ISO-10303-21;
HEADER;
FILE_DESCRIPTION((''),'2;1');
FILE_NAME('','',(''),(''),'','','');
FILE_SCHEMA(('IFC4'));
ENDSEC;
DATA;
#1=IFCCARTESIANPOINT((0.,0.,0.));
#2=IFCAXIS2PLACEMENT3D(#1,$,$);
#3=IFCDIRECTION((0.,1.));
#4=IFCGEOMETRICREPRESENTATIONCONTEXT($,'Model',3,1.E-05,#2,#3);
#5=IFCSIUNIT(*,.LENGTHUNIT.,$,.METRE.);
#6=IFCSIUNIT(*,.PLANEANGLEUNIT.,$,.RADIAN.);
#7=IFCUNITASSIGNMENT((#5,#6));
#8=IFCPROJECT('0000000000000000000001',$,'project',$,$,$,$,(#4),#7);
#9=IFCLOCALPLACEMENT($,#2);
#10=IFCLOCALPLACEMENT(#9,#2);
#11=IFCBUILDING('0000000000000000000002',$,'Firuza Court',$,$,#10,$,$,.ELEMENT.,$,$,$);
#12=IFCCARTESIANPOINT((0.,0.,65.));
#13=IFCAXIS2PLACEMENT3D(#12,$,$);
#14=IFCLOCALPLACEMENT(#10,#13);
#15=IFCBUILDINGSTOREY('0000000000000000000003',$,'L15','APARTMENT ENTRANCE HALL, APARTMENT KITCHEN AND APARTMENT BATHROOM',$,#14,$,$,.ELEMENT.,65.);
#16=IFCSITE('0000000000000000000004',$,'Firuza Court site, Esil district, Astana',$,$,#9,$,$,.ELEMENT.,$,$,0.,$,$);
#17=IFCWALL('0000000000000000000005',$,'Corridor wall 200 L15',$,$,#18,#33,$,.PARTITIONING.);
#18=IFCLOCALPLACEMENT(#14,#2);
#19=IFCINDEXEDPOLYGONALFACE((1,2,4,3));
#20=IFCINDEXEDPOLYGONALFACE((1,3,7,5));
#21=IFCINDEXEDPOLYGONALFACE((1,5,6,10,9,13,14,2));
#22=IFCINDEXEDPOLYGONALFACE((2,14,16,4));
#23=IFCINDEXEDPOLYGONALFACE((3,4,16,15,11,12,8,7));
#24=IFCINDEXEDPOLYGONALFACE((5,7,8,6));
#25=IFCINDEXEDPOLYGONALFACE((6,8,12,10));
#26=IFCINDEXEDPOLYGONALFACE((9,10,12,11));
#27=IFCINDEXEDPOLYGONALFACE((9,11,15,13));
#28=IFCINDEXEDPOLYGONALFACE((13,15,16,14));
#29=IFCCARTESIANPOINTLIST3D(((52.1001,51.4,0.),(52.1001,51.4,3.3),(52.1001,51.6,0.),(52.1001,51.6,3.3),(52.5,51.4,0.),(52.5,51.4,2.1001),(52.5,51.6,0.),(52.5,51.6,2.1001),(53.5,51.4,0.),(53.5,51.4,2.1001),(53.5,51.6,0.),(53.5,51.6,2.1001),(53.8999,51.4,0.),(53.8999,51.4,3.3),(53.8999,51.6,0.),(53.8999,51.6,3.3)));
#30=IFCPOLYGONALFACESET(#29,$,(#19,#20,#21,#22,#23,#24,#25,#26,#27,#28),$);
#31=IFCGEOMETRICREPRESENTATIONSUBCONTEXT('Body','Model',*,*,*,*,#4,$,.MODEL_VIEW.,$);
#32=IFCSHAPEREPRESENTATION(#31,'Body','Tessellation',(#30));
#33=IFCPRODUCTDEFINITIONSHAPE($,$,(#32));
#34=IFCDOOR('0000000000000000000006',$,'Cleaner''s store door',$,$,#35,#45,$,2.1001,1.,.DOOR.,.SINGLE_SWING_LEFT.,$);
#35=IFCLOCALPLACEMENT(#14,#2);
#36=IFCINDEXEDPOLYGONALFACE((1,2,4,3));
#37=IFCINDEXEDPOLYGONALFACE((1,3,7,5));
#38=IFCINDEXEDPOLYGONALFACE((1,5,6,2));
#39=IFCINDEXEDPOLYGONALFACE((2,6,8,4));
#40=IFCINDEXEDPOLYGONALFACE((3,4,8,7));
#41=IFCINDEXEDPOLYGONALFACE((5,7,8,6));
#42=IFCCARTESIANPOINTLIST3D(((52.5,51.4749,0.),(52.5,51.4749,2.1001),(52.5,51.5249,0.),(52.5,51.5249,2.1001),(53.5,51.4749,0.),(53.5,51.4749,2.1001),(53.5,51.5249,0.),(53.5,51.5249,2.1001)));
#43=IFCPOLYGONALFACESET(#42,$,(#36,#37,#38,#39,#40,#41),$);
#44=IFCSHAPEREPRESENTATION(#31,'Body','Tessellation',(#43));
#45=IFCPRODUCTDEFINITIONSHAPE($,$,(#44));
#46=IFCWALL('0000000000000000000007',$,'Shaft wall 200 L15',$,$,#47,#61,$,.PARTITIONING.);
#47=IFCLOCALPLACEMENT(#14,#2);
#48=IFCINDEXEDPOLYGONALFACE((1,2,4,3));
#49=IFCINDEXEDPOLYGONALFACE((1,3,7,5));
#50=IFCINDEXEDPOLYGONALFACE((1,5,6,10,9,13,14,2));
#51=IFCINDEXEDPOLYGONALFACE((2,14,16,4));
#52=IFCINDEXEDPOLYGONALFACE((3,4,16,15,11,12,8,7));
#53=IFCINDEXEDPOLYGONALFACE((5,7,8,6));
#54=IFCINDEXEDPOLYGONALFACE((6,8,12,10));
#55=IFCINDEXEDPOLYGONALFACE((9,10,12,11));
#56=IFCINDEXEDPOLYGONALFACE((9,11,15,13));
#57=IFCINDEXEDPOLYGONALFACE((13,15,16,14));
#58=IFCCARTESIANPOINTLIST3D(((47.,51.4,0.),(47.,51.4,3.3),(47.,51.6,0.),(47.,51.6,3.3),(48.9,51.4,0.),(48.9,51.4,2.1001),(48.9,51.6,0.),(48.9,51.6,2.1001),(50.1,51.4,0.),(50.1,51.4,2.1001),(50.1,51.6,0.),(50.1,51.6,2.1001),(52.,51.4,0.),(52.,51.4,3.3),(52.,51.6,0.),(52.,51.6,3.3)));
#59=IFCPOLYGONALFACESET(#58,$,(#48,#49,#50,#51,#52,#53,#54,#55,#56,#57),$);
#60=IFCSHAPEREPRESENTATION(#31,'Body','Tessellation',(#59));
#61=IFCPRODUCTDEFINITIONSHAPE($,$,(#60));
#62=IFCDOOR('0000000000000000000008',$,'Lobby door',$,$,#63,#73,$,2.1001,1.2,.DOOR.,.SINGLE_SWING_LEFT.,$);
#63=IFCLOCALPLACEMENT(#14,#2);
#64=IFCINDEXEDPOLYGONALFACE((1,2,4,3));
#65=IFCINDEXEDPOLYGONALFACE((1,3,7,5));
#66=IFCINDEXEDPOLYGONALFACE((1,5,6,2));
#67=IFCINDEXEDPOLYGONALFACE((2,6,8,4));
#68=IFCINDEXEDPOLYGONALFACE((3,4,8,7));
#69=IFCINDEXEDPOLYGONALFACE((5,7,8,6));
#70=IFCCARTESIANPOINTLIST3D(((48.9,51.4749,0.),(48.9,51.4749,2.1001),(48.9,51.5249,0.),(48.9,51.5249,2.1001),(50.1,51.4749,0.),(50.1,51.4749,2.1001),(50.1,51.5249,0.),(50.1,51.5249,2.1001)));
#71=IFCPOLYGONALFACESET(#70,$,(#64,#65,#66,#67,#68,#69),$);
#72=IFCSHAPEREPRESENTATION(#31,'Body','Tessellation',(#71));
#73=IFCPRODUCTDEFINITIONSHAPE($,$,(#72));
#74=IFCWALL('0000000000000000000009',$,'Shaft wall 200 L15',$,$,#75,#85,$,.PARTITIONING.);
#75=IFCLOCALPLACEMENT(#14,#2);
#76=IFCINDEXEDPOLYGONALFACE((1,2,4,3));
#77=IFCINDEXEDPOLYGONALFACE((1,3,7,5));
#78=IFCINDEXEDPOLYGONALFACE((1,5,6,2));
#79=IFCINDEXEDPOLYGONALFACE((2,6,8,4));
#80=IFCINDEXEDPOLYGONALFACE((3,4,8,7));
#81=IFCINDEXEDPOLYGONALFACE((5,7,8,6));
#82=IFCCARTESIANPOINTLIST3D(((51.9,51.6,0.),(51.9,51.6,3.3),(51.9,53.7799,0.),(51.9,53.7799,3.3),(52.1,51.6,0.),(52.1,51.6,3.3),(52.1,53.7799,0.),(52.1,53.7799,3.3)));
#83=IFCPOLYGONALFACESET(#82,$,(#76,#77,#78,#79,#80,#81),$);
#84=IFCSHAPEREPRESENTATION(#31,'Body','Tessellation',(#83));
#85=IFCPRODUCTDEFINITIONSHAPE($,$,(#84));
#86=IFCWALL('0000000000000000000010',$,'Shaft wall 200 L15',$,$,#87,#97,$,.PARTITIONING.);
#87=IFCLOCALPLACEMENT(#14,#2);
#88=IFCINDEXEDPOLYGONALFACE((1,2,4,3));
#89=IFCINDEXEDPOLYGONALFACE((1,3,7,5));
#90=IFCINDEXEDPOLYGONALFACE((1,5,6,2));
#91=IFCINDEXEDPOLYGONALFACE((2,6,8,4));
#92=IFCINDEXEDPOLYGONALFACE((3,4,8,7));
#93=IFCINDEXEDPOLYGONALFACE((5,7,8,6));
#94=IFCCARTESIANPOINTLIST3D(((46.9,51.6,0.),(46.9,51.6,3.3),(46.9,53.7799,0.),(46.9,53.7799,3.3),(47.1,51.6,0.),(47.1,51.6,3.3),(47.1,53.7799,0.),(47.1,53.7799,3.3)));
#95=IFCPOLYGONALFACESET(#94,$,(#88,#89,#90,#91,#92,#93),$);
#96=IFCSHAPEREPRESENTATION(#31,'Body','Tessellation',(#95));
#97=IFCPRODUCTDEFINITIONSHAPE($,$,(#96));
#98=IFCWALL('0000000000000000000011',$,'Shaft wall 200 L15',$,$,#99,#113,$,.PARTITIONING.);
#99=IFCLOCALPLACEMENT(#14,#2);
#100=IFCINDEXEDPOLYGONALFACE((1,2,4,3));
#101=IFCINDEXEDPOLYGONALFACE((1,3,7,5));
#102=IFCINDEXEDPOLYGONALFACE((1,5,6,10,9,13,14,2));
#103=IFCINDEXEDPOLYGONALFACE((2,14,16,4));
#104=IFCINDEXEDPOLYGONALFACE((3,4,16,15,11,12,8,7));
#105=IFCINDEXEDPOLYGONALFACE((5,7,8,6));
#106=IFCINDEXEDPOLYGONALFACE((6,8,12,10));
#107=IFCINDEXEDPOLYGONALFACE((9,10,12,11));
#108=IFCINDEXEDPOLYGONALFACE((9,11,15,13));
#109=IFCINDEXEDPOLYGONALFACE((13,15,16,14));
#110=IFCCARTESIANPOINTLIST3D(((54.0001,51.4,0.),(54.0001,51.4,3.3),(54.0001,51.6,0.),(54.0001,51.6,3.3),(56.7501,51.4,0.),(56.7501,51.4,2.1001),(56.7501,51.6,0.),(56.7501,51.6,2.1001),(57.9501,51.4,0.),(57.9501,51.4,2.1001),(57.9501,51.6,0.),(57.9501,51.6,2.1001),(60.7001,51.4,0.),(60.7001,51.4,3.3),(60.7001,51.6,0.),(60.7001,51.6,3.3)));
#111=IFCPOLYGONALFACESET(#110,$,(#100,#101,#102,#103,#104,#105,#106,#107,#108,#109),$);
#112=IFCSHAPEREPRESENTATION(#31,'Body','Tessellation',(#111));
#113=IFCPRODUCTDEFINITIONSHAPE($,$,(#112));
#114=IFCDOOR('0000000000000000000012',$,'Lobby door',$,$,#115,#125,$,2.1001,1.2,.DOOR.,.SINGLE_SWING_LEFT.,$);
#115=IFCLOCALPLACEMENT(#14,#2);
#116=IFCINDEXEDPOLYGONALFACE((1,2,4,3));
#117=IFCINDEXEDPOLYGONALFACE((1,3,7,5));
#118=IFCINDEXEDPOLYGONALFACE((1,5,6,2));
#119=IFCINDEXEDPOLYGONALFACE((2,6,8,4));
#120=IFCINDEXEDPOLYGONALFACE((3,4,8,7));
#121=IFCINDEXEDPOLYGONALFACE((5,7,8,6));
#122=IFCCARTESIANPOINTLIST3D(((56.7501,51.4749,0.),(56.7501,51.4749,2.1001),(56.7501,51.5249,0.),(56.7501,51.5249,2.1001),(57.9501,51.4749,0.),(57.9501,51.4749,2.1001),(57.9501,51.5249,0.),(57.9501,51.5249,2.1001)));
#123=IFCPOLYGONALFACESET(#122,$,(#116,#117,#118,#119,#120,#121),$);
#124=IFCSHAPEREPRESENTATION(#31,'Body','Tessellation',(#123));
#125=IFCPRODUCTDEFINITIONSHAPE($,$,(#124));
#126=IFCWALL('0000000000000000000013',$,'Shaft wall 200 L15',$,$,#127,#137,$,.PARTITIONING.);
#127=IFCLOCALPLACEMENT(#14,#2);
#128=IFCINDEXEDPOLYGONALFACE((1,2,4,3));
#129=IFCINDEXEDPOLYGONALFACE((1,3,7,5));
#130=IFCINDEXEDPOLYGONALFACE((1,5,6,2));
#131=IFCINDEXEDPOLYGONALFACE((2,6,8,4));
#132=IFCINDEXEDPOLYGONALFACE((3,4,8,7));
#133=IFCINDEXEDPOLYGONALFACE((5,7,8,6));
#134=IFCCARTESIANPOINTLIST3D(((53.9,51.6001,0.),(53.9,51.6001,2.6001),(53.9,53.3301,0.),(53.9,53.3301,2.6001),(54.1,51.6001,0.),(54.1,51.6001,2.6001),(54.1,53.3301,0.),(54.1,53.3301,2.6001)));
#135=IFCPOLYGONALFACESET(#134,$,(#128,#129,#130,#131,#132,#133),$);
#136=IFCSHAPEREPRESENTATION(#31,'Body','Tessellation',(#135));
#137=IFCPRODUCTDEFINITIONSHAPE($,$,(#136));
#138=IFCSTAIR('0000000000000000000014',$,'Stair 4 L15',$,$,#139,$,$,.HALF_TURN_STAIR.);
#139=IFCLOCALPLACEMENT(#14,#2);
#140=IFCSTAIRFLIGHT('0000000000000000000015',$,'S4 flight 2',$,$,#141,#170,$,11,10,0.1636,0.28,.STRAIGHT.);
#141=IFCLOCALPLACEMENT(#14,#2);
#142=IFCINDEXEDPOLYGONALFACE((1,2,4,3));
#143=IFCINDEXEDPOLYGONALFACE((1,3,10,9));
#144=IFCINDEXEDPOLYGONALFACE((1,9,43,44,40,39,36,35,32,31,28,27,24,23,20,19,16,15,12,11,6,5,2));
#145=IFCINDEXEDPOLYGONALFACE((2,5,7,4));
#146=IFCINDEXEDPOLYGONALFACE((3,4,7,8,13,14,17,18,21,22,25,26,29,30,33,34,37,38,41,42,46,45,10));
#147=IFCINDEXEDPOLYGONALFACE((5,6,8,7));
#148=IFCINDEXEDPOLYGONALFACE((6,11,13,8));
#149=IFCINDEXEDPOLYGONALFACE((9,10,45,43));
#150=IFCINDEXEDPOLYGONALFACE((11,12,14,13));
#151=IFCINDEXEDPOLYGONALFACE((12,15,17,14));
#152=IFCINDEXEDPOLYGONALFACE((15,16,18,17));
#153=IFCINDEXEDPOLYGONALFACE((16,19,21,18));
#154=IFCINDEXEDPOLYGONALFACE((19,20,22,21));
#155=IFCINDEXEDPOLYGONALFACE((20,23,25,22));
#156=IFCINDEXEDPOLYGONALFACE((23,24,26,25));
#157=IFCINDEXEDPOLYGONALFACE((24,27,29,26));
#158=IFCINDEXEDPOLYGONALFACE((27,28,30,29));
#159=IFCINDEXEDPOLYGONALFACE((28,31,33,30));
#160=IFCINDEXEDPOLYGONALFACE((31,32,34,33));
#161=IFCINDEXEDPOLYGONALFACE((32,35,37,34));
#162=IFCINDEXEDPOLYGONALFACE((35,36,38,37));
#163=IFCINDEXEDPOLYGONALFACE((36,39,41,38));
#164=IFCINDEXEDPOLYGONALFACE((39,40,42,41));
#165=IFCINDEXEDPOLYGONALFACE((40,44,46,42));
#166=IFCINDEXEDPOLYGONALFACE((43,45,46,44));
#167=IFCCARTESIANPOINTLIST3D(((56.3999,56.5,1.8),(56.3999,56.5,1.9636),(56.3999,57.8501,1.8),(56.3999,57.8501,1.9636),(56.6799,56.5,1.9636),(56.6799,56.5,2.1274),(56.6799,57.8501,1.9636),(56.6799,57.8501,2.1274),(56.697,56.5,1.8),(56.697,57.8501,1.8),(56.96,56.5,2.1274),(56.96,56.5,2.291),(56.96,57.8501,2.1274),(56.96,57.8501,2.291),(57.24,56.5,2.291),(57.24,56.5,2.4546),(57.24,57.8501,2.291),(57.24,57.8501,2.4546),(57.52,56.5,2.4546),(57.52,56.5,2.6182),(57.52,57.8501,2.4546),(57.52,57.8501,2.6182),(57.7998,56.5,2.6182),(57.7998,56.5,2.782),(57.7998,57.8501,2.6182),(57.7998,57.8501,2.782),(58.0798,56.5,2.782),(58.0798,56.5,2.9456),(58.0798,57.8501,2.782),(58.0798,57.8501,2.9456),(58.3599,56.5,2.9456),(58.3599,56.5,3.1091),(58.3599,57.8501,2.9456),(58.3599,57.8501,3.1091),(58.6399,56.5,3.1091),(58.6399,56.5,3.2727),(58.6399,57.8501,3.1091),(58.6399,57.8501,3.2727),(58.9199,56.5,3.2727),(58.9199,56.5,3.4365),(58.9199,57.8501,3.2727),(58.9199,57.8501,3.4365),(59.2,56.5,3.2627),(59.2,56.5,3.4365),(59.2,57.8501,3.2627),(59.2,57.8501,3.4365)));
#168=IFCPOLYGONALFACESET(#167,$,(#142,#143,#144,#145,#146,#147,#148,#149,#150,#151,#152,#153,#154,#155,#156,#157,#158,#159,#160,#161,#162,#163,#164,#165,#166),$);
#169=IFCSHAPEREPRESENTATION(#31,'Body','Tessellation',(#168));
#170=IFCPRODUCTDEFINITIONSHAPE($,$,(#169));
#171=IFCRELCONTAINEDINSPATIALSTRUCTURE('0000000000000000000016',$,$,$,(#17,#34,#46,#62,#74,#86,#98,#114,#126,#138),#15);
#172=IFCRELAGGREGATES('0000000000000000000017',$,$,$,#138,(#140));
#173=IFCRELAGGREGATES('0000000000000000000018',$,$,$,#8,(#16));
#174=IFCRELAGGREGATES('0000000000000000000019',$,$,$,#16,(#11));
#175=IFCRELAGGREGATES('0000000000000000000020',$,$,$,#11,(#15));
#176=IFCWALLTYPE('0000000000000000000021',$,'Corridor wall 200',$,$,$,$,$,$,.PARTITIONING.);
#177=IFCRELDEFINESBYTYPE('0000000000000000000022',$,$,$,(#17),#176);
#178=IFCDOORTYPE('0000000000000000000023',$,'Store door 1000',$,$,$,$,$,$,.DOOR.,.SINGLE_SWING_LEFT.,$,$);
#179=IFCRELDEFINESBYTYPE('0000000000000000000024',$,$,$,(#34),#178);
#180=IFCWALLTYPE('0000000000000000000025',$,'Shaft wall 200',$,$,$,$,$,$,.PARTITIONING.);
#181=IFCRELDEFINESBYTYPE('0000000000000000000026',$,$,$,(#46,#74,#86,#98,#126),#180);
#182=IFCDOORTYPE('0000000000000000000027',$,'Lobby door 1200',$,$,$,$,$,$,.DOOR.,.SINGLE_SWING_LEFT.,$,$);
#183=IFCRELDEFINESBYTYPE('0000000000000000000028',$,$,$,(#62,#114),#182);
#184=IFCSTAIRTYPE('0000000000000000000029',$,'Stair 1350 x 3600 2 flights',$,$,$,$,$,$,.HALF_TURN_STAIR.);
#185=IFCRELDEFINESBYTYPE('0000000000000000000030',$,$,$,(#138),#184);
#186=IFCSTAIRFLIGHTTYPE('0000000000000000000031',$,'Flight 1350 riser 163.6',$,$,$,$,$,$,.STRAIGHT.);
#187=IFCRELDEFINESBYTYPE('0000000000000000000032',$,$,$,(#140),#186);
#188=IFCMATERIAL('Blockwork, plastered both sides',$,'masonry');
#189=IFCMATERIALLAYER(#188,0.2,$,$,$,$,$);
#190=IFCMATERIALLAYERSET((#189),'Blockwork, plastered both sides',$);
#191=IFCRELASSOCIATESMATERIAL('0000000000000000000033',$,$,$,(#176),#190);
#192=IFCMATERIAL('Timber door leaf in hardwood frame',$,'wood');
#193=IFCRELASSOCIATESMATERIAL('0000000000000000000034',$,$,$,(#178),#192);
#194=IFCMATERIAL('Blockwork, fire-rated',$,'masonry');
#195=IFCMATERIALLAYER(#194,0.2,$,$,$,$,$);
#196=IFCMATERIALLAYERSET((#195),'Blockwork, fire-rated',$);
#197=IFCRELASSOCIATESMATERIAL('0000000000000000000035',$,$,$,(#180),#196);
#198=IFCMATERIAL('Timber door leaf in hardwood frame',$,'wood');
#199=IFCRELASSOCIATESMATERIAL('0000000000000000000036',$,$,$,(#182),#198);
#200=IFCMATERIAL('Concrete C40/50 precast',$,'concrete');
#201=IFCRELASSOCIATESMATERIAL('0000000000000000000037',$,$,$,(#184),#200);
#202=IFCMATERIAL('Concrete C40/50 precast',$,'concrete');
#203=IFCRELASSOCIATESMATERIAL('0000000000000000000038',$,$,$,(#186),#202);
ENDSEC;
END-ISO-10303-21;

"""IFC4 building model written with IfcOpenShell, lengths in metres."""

from ifc_helpers import new_model, si_unit, direction, frame, frame_2d, origin, place, context, subcontext, project, spatial, polyline, rectangle, outline, extrude, material, layer, layer_set, type_object, element, fill, aggregate, save


model = new_model("IFC4")

# Units and contexts
model_context = context("Model", 3, precision=1e-05, world=origin(), true_north=direction((0.0, 1.0)))
body_context = subcontext(model_context, "Body", "Model", "MODEL_VIEW")
ifc_project = project(units=[si_unit("LENGTHUNIT", "METRE"), si_unit("PLANEANGLEUNIT", "RADIAN")], contexts=[model_context])

# Site, building, storey
site_placement = place(None, origin())
site = spatial("IfcSite", under=ifc_project, at=site_placement, Name="Firuza Court site, Esil district, Astana", CompositionType="ELEMENT", RefElevation=0.0)
building_placement = place(site_placement, origin())
building = spatial("IfcBuilding", under=site, at=building_placement, Name="Firuza Court", CompositionType="ELEMENT")
storey_placement = place(building_placement, frame((0.0, 0.0, 65.0)))
storey = spatial("IfcBuildingStorey", under=building, at=storey_placement, Name="L15", Description="APARTMENT ENTRANCE HALL, APARTMENT KITCHEN AND APARTMENT BATHROOM", CompositionType="ELEMENT", Elevation=65.0)

# Walls, openings, doors
ifc_material_1 = material(Name="Blockwork, plastered both sides", Category="masonry")
ifc_layer_1 = layer(ifc_material_1, 0.2)
ifc_layer_set_1 = layer_set([ifc_layer_1], Name="Blockwork, plastered both sides")
wall_type_1 = type_object("IfcWallType", Name="Corridor wall 200", PredefinedType="PARTITIONING", material=ifc_layer_set_1)
wall_1_placement = place(storey_placement, frame((52.1001, 51.5, 0.0), z_axis=(0.0, 0.0, 1.0), x_axis=(1.0, 0.0, 0.0)))
wall_1 = element("IfcWall", 1, at=wall_1_placement, inside=storey, type_object=wall_type_1, Name="Corridor wall 200 L15", PredefinedType="PARTITIONING", context=body_context, shape_type="SweptSolid", body=[
    extrude(rectangle(XDim=1.7998, YDim=0.2, at=frame_2d((0.8999, 0.0))), origin(), (0.0, 0.0, 1.0), 3.3),
])
opening_1_placement = place(wall_1_placement, frame((0.3999, 0.0, 0.0)))
opening_1 = element("IfcOpeningElement", 2, at=opening_1_placement, cuts=wall_1, PredefinedType="OPENING", context=body_context, shape_type="SweptSolid", body=[
    extrude(rectangle(XDim=1.0, YDim=2.1001, at=frame_2d((0.5, 1.05))), frame((0.0, 0.1118, 0.0), z_axis=(0.0, -1.0, 0.0), x_axis=(1.0, 0.0, 0.0)), (0.0, 0.0, 1.0), 0.2239),
])
ifc_material_2 = material(Name="Timber door leaf in hardwood frame", Category="wood")
door_type_1 = type_object("IfcDoorType", Name="Store door 1000", OperationType="SINGLE_SWING_LEFT", PredefinedType="DOOR", material=ifc_material_2)
door_1_placement = place(opening_1_placement, origin())
door_1 = element("IfcDoor", 3, at=door_1_placement, inside=storey, type_object=door_type_1, Name="Cleaner's store door", OperationType="SINGLE_SWING_LEFT", OverallHeight=2.1001, OverallWidth=1.0, PredefinedType="DOOR", context=body_context, shape_type="SweptSolid", body=[
    extrude(rectangle(XDim=1.0, YDim=2.1001, at=frame_2d((0.5, 1.05))), frame((0.0, 0.0249, 0.0), z_axis=(0.0, -1.0, 0.0), x_axis=(1.0, 0.0, 0.0)), (0.0, 0.0, 1.0), 0.05),
])
fill(opening_1, door_1)
ifc_material_3 = material(Name="Blockwork, fire-rated", Category="masonry")
ifc_layer_2 = layer(ifc_material_3, 0.2)
ifc_layer_set_2 = layer_set([ifc_layer_2], Name="Blockwork, fire-rated")
wall_type_2 = type_object("IfcWallType", Name="Shaft wall 200", PredefinedType="PARTITIONING", material=ifc_layer_set_2)
wall_2_placement = place(storey_placement, frame((47.0, 51.5, 0.0), z_axis=(0.0, 0.0, 1.0), x_axis=(1.0, 0.0, 0.0)))
wall_2 = element("IfcWall", 4, at=wall_2_placement, inside=storey, type_object=wall_type_2, Name="Shaft wall 200 L15", PredefinedType="PARTITIONING", context=body_context, shape_type="SweptSolid", body=[
    extrude(rectangle(XDim=5.0, YDim=0.2, at=frame_2d((2.5, 0.0))), origin(), (0.0, 0.0, 1.0), 3.3),
])
opening_2_placement = place(wall_2_placement, frame((1.8999, 0.0, 0.0)))
opening_2 = element("IfcOpeningElement", 5, at=opening_2_placement, cuts=wall_2, PredefinedType="OPENING", context=body_context, shape_type="SweptSolid", body=[
    extrude(rectangle(XDim=1.2, YDim=2.1001, at=frame_2d((0.6001, 1.05))), frame((0.0, 0.1118, 0.0), z_axis=(0.0, -1.0, 0.0), x_axis=(1.0, 0.0, 0.0)), (0.0, 0.0, 1.0), 0.2239),
])
ifc_material_4 = material(Name="Timber door leaf in hardwood frame", Category="wood")
door_type_2 = type_object("IfcDoorType", Name="Lobby door 1200", OperationType="SINGLE_SWING_LEFT", PredefinedType="DOOR", material=ifc_material_4)
door_2_placement = place(opening_2_placement, origin())
door_2 = element("IfcDoor", 6, at=door_2_placement, inside=storey, type_object=door_type_2, Name="Lobby door", OperationType="SINGLE_SWING_LEFT", OverallHeight=2.1001, OverallWidth=1.2, PredefinedType="DOOR", context=body_context, shape_type="SweptSolid", body=[
    extrude(rectangle(XDim=1.2, YDim=2.1001, at=frame_2d((0.6001, 1.05))), frame((0.0, 0.0249, 0.0), z_axis=(0.0, -1.0, 0.0), x_axis=(1.0, 0.0, 0.0)), (0.0, 0.0, 1.0), 0.05),
])
fill(opening_2, door_2)

# Walls
for number, where, z_axis, x_axis, name in (
    (7, (52.0, 51.6001, 0.0), (0.0, 0.0, 1.0), (0.0, 1.0, 0.0), "Shaft wall 200 L15"),
    (8, (47.0, 51.6001, 0.0), (0.0, 0.0, 1.0), (0.0, 1.0, 0.0), "Shaft wall 200 L15"),
):
    element("IfcWall", number, at=place(storey_placement, frame(where, z_axis=z_axis, x_axis=x_axis)), inside=storey, type_object=wall_type_2, Name=name, PredefinedType="PARTITIONING", context=body_context, shape_type="SweptSolid", body=[
        extrude(rectangle(XDim=2.1799, YDim=0.2, at=frame_2d((1.0898, 0.0))), origin(), (0.0, 0.0, 1.0), 3.3),
    ])

# Wall, opening, door
wall_3_placement = place(storey_placement, frame((54.0, 51.5, 0.0), z_axis=(0.0, 0.0, 1.0), x_axis=(1.0, 0.0, 0.0)))
wall_3 = element("IfcWall", 9, at=wall_3_placement, inside=storey, type_object=wall_type_2, Name="Shaft wall 200 L15", PredefinedType="PARTITIONING", context=body_context, shape_type="SweptSolid", body=[
    extrude(rectangle(XDim=6.7, YDim=0.2, at=frame_2d((3.3501, 0.0))), origin(), (0.0, 0.0, 1.0), 3.3),
])
opening_3_placement = place(wall_3_placement, frame((2.75, 0.0, 0.0)))
opening_3 = element("IfcOpeningElement", 10, at=opening_3_placement, cuts=wall_3, PredefinedType="OPENING", context=body_context, shape_type="SweptSolid", body=[
    extrude(rectangle(XDim=1.2, YDim=2.1001, at=frame_2d((0.6001, 1.05))), frame((0.0, 0.1118, 0.0), z_axis=(0.0, -1.0, 0.0), x_axis=(1.0, 0.0, 0.0)), (0.0, 0.0, 1.0), 0.2239),
])
door_3_placement = place(opening_3_placement, origin())
door_3 = element("IfcDoor", 11, at=door_3_placement, inside=storey, type_object=door_type_2, Name="Lobby door", OperationType="SINGLE_SWING_LEFT", OverallHeight=2.1001, OverallWidth=1.2, PredefinedType="DOOR", context=body_context, shape_type="SweptSolid", body=[
    extrude(rectangle(XDim=1.2, YDim=2.1001, at=frame_2d((0.6001, 1.05))), frame((0.0, 0.0249, 0.0), z_axis=(0.0, -1.0, 0.0), x_axis=(1.0, 0.0, 0.0)), (0.0, 0.0, 1.0), 0.05),
])
fill(opening_3, door_3)

# Wall
wall_4_placement = place(storey_placement, frame((54.0, 51.6001, 0.0), z_axis=(0.0, 0.0, 1.0), x_axis=(0.0, 1.0, 0.0)))
element("IfcWall", 12, at=wall_4_placement, inside=storey, type_object=wall_type_2, Name="Shaft wall 200 L15", PredefinedType="PARTITIONING", context=body_context, shape_type="SweptSolid", body=[
    extrude(rectangle(XDim=1.73, YDim=0.2, at=frame_2d((0.865, 0.0))), origin(), (0.0, 0.0, 1.0), 2.6001),
])

# Stair, stair flight
ifc_material_5 = material(Name="Concrete C40/50 precast", Category="concrete")
stair_type = type_object("IfcStairType", Name="Stair 1350 x 3600 2 flights", PredefinedType="HALF_TURN_STAIR", material=ifc_material_5)
stair_placement = place(storey_placement, origin())
stair = element("IfcStair", 13, at=stair_placement, inside=storey, type_object=stair_type, Name="Stair 4 L15", PredefinedType="HALF_TURN_STAIR")
ifc_material_6 = material(Name="Concrete C40/50 precast", Category="concrete")
stair_flight_type = type_object("IfcStairFlightType", Name="Flight 1350 riser 163.6", PredefinedType="STRAIGHT", material=ifc_material_6)
stair_flight_placement = place(storey_placement, frame((56.3999, 57.175, 1.8), z_axis=(0.0, 0.0, 1.0), x_axis=(1.0, 0.0, 0.0)))
stair_flight = element("IfcStairFlight", 14, at=stair_flight_placement, type_object=stair_flight_type, Name="S4 flight 2", NumberOfRisers=11, NumberOfTreads=10, PredefinedType="STRAIGHT", RiserHeight=0.1636, TreadLength=0.28, context=body_context, shape_type="SweptSolid", body=[
    extrude(outline(polyline([(0.0, 0.0), (0.0, 0.1636), (0.28, 0.1636), (0.28, 0.3274), (0.5601, 0.3274), (0.5601, 0.491), (0.8401, 0.491), (0.8401, 0.6545), (1.1201, 0.6545), (1.1201, 0.8181), (1.3999, 0.8181), (1.3999, 0.9819), (1.6799, 0.9819), (1.6799, 1.1455), (1.96, 1.1455), (1.96, 1.3091), (2.24, 1.3091), (2.24, 1.4727), (2.52, 1.4727), (2.52, 1.6365), (2.8, 1.6365), (2.8, 1.8), (2.8, 1.4626), (0.2971, 0.0), (0.0, 0.0)])), frame((0.0, 0.675, 0.0), z_axis=(0.0, -1.0, 0.0), x_axis=(1.0, 0.0, 0.0)), (0.0, 0.0, 1.0), 1.3501),
])
aggregate(stair, [stair_flight])

save(model, "model.ifc")
